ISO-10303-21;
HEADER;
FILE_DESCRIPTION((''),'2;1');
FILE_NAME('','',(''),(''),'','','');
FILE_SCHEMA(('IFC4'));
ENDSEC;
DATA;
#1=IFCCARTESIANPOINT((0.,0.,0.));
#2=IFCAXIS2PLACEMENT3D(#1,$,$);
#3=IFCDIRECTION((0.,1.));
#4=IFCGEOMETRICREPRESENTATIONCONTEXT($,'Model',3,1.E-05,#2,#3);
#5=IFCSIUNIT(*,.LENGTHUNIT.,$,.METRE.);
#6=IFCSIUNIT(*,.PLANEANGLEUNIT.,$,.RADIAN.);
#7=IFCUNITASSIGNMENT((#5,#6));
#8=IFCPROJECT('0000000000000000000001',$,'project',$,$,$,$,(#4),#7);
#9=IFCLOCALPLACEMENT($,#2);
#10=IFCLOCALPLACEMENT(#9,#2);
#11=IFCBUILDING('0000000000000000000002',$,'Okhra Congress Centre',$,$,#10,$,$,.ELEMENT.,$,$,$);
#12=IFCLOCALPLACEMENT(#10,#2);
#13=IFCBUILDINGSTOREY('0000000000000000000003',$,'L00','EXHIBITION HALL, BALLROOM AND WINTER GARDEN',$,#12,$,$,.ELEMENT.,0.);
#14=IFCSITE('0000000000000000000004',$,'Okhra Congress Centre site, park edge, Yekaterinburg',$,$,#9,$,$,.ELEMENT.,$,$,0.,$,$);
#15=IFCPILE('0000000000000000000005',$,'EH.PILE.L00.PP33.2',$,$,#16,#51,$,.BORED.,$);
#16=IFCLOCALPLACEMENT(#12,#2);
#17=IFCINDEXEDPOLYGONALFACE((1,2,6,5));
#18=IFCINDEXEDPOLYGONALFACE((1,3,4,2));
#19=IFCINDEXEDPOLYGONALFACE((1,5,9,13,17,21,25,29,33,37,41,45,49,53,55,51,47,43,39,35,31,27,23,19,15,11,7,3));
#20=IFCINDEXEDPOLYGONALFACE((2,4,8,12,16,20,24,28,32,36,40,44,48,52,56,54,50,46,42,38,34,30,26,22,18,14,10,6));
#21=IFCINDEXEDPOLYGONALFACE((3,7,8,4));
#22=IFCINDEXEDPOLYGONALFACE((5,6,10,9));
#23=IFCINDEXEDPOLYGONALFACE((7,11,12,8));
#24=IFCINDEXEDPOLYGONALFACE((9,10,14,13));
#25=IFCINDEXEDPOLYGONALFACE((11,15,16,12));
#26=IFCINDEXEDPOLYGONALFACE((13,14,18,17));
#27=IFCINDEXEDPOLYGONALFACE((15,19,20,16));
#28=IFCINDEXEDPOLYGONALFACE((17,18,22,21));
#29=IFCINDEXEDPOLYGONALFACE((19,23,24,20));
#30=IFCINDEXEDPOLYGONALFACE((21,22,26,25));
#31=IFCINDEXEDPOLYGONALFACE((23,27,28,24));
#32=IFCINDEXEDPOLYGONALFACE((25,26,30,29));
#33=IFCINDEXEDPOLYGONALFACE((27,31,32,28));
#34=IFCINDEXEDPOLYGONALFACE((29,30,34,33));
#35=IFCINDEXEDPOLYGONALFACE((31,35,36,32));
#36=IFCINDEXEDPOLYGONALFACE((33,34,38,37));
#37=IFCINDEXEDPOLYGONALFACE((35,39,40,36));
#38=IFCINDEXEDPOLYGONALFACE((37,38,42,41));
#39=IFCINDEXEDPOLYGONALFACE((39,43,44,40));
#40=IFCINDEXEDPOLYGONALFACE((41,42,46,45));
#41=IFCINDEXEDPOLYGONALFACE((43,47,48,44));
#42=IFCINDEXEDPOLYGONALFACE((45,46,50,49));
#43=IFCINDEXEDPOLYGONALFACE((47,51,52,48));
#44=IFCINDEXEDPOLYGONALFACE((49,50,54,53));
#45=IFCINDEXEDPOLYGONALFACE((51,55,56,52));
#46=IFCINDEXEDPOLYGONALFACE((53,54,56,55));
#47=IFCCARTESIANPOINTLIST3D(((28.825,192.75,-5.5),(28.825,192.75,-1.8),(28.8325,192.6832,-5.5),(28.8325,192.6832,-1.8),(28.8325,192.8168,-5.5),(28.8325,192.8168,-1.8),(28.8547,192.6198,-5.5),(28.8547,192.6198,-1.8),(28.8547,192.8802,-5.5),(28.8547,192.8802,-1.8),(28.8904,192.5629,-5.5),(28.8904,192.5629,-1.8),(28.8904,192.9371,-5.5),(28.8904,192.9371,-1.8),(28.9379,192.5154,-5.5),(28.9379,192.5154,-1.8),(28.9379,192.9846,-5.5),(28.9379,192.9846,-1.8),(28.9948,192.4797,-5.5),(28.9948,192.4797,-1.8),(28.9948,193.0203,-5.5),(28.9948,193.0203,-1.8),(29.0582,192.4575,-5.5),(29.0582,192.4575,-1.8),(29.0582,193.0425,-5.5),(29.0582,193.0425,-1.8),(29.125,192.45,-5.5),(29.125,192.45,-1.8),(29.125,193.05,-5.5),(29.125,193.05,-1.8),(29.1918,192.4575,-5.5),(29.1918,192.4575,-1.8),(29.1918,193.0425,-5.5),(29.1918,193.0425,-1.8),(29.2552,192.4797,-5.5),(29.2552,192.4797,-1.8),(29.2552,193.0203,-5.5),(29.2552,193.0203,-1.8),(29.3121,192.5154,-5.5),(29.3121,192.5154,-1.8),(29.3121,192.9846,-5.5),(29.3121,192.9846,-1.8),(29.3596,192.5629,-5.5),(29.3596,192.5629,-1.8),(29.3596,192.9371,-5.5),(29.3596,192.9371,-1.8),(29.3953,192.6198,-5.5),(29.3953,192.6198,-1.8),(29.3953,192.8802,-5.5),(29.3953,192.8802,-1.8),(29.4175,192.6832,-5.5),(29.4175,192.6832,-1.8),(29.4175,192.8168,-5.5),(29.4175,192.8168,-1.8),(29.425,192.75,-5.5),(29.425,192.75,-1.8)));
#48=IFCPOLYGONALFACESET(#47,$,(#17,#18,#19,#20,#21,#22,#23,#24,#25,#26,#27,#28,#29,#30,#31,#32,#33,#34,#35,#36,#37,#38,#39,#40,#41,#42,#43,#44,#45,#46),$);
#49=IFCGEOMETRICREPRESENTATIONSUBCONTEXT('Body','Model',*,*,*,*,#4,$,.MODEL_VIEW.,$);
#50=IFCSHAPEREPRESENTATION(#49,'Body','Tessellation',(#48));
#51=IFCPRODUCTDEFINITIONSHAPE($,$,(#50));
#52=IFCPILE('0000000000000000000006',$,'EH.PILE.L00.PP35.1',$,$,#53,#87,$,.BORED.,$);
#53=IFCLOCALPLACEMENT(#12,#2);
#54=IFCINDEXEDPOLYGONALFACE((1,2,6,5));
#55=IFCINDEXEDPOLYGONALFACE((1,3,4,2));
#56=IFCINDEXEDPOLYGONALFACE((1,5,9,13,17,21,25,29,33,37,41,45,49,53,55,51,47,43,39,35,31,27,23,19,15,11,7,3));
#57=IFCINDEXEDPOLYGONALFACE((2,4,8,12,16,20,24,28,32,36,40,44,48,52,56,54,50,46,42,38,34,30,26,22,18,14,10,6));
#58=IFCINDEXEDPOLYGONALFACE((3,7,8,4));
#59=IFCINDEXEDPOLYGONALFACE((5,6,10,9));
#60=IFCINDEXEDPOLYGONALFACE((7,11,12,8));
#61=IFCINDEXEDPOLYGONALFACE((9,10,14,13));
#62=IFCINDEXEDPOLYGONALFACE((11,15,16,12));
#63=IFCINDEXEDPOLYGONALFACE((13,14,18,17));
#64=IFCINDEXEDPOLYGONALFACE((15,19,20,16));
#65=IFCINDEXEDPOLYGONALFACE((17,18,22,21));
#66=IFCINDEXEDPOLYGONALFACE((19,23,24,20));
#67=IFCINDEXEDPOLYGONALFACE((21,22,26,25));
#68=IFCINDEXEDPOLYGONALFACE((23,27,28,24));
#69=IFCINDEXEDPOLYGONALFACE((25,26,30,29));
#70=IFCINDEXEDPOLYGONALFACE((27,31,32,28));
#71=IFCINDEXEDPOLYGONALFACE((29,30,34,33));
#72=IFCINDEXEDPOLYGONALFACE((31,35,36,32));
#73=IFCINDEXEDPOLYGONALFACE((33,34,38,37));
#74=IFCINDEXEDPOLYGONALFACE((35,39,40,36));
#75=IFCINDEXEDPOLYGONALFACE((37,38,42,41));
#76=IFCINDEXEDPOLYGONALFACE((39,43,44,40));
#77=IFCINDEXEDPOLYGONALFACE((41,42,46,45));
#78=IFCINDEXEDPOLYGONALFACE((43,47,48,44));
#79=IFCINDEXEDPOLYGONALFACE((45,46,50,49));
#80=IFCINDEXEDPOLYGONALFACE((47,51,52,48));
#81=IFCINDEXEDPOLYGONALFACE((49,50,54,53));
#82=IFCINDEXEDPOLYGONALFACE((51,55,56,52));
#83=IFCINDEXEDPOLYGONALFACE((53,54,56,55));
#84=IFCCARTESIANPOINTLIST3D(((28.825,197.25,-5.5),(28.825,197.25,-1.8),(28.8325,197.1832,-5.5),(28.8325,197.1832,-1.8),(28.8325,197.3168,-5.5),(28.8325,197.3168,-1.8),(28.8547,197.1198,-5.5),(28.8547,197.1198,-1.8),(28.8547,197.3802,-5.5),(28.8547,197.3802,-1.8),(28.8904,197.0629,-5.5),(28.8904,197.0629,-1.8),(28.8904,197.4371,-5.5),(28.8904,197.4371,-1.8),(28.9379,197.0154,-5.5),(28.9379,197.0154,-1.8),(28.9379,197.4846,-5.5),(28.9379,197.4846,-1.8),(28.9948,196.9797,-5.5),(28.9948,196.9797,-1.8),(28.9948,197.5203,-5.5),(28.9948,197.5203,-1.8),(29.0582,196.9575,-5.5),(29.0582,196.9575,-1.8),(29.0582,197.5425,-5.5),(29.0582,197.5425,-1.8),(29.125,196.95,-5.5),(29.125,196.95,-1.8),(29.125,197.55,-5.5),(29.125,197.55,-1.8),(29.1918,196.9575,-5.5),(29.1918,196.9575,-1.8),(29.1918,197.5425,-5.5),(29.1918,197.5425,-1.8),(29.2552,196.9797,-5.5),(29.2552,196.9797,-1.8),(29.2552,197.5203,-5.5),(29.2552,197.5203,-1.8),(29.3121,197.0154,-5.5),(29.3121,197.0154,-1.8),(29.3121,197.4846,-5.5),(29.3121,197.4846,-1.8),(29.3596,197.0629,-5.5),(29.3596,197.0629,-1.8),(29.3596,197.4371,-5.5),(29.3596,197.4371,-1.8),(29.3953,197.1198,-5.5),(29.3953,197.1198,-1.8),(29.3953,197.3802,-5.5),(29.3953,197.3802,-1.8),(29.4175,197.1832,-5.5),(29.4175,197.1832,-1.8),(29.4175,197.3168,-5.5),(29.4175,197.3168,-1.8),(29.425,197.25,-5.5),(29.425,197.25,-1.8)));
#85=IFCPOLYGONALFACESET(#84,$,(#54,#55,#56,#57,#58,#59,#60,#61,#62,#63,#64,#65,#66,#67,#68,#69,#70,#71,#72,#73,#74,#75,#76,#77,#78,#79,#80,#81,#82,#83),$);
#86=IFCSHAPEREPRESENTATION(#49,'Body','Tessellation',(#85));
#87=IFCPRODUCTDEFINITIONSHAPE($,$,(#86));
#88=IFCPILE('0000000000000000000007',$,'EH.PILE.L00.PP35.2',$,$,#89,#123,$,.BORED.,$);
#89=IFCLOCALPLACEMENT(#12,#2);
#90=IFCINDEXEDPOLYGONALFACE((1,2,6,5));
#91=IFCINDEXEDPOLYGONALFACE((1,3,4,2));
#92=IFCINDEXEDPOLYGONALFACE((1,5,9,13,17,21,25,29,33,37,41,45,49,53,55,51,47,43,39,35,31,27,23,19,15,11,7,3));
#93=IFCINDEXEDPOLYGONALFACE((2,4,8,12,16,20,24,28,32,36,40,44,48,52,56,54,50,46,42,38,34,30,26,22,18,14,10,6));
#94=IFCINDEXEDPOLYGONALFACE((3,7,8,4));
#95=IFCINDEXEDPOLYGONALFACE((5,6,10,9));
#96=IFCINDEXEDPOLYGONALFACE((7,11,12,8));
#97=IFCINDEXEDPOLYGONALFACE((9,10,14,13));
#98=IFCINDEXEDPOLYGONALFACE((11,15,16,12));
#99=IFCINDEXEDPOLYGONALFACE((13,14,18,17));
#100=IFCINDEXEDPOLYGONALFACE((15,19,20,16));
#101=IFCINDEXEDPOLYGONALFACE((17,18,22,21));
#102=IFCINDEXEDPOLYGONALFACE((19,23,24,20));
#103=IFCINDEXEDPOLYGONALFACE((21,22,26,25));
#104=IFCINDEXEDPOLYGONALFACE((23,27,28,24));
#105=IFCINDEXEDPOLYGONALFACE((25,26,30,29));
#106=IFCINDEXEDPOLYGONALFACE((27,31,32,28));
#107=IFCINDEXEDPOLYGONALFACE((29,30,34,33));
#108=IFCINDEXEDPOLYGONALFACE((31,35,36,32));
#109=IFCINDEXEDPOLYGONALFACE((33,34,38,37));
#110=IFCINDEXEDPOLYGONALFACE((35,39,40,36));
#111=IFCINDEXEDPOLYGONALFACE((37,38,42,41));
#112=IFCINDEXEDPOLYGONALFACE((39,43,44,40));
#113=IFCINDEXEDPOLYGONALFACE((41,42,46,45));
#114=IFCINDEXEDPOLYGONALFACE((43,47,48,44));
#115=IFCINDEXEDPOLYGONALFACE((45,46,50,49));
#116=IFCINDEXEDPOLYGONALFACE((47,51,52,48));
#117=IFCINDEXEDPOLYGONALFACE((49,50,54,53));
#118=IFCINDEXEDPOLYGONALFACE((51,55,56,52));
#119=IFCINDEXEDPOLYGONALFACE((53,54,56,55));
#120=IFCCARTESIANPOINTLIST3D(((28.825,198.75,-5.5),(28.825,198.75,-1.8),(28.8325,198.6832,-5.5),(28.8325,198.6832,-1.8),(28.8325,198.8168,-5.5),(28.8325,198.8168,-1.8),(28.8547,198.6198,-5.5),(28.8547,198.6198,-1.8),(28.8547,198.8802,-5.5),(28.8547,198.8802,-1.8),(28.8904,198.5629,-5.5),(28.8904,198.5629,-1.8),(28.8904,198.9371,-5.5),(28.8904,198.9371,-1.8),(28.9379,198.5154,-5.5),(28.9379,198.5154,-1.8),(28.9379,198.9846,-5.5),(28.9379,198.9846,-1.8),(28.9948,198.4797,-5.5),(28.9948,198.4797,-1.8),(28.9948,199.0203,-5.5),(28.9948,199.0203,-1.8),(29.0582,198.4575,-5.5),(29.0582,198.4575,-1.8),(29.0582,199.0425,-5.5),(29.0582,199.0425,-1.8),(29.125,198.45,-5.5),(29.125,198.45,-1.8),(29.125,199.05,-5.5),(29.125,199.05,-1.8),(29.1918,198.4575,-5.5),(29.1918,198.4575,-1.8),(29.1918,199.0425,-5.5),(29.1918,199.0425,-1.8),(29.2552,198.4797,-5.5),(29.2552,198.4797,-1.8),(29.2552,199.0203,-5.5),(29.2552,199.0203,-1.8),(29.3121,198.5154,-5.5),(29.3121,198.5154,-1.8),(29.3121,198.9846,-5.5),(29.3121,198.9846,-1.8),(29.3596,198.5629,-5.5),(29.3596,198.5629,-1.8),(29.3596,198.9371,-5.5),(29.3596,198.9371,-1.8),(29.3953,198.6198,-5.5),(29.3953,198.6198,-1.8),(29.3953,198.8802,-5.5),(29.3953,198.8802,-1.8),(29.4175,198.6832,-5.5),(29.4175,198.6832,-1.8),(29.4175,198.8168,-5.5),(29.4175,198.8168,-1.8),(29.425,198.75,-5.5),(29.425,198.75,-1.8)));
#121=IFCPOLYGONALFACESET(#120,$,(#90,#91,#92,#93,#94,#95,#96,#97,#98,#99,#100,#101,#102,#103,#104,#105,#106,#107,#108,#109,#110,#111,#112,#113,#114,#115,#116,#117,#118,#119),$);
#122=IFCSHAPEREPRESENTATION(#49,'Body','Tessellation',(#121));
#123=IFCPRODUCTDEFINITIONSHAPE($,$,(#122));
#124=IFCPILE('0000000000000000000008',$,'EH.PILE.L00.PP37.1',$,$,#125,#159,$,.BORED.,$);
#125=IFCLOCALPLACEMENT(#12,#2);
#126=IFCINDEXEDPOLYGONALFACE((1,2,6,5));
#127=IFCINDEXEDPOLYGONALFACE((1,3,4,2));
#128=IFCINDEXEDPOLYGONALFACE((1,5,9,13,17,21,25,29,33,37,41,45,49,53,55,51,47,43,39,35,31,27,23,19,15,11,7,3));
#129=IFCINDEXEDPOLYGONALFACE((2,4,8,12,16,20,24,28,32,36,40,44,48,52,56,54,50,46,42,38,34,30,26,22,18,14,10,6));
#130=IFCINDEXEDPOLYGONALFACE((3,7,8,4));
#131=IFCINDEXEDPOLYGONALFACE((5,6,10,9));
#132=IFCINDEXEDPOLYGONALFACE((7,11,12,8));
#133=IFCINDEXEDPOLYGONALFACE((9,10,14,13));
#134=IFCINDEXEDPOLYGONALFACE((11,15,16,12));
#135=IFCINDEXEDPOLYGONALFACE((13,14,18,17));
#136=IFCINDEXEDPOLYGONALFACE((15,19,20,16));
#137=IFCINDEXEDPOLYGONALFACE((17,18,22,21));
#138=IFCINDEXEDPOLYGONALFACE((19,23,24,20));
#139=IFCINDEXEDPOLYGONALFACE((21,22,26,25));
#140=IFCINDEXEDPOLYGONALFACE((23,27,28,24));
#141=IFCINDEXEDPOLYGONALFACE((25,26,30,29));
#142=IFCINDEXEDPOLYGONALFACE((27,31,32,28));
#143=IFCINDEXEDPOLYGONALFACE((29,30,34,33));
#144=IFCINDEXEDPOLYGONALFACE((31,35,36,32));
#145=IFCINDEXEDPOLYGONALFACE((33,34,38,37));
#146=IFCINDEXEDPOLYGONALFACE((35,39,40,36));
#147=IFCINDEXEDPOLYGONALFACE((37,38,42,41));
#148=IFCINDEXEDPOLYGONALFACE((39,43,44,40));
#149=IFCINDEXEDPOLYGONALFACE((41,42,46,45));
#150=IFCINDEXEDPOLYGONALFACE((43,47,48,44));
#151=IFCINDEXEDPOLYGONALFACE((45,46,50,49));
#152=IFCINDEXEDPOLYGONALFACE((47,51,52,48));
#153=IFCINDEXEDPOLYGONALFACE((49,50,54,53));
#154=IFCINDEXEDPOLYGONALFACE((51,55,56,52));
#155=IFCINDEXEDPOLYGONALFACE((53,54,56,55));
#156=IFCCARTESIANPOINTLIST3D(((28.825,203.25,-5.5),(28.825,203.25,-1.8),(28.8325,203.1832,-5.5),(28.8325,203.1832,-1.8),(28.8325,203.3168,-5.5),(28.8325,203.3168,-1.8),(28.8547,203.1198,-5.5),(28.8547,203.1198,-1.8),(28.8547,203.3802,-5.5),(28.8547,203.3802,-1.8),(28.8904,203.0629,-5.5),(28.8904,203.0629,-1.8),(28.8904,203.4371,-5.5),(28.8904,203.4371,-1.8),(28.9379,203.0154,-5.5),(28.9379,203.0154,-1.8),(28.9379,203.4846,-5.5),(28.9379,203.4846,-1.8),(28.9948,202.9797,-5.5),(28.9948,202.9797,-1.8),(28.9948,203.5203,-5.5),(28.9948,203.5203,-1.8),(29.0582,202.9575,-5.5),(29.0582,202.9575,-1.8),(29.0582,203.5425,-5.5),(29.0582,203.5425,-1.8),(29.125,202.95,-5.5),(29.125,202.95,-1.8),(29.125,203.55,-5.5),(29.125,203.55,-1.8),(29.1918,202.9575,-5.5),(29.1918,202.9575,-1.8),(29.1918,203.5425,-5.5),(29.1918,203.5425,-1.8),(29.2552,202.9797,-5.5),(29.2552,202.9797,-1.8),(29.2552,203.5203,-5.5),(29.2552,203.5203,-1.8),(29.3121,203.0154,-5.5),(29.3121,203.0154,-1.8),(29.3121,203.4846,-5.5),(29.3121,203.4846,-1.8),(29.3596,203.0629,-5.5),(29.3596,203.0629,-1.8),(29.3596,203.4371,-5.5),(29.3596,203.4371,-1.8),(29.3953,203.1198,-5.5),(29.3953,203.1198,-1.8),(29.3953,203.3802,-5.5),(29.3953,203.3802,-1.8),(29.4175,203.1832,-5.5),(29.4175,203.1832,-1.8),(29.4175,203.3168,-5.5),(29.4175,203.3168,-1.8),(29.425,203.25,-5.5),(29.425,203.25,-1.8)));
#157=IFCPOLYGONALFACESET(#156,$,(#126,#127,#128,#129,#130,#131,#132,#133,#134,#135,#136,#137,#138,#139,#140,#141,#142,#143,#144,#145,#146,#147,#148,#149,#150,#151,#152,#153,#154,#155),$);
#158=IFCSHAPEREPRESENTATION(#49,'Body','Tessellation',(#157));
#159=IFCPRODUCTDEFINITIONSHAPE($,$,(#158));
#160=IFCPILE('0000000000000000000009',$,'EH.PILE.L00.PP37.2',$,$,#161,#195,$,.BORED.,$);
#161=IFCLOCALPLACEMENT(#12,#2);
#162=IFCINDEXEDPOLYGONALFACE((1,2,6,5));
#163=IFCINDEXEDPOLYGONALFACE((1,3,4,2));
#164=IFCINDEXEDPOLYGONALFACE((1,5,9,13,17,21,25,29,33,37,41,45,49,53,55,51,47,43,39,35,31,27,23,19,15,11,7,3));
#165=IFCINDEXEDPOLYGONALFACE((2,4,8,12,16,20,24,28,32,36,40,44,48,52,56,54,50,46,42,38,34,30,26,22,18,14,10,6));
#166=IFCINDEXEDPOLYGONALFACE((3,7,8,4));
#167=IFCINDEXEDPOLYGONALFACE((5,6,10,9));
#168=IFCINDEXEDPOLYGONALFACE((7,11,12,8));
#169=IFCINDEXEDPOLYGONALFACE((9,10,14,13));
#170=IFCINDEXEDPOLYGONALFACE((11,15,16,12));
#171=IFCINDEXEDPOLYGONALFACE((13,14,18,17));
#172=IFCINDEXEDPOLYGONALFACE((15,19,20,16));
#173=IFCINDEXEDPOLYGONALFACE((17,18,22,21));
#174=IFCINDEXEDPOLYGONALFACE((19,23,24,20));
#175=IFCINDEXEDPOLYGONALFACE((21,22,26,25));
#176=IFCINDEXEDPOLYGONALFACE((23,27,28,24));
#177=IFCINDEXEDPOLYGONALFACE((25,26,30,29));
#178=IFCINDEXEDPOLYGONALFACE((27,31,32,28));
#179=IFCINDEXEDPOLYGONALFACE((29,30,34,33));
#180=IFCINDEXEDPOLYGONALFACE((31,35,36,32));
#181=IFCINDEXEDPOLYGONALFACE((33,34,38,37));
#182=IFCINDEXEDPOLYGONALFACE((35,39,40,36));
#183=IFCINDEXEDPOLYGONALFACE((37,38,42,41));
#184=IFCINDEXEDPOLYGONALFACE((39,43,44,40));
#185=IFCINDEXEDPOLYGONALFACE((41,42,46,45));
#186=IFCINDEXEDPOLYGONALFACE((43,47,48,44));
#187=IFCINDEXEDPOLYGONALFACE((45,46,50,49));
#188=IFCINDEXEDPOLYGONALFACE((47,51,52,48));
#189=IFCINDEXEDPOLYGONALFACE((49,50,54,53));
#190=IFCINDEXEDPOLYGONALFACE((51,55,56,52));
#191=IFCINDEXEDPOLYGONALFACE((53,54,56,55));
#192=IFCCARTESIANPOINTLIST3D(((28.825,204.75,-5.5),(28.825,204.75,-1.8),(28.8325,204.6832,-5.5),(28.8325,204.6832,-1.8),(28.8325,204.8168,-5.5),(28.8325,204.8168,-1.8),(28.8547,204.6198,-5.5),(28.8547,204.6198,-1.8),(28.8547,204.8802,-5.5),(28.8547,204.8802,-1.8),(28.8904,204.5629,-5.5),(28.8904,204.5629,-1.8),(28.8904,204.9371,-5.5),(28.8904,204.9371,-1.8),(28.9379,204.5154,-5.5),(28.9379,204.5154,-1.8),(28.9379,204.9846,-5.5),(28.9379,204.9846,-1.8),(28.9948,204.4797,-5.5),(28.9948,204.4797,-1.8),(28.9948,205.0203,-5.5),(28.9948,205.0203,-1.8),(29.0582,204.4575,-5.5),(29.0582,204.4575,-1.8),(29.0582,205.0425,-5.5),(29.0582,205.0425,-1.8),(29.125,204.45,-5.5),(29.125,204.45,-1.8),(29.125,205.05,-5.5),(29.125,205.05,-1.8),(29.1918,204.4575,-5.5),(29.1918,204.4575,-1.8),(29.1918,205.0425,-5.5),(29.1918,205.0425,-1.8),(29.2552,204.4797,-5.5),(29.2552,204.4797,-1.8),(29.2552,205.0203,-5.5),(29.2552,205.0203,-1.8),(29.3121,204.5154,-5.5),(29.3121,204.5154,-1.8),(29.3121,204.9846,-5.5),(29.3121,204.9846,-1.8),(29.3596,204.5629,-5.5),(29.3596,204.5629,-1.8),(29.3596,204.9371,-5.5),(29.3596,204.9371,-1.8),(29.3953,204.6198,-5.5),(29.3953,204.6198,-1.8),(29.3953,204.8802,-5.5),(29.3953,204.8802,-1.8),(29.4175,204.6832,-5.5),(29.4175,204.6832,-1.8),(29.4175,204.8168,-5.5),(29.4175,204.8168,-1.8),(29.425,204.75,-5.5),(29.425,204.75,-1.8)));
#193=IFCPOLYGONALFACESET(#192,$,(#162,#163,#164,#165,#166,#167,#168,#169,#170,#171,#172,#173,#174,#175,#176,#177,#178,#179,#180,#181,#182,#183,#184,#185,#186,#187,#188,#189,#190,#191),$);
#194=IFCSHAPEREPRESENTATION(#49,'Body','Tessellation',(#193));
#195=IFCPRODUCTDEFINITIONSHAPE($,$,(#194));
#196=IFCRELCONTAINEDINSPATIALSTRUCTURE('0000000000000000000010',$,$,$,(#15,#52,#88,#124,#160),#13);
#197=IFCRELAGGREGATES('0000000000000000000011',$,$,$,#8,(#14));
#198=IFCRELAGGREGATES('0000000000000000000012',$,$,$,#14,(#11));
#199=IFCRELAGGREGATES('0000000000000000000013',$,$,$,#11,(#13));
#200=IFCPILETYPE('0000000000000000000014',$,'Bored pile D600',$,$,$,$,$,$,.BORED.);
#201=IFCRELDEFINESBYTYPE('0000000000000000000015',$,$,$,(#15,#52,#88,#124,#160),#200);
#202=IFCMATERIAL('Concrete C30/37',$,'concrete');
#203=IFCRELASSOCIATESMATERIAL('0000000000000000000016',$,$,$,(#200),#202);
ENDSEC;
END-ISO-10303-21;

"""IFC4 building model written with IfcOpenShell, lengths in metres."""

from ifc_helpers import new_model, si_unit, direction, frame, origin, origin_2d, place, context, subcontext, project, spatial, circle, extrude, material, material_profile, profile_set, type_object, element, save


model = new_model("IFC4")

# Units and contexts
model_context = context("Model", 3, precision=1e-05, world=origin(), true_north=direction((0.0, 1.0)))
body_context = subcontext(model_context, "Body", "Model", "MODEL_VIEW")
ifc_project = project(units=[si_unit("LENGTHUNIT", "METRE"), si_unit("PLANEANGLEUNIT", "RADIAN")], contexts=[model_context])

# Site, building, storey
site_placement = place(None, origin())
site = spatial("IfcSite", under=ifc_project, at=site_placement, Name="Okhra Congress Centre site, park edge, Yekaterinburg", CompositionType="ELEMENT", RefElevation=0.0)
building_placement = place(site_placement, origin())
building = spatial("IfcBuilding", under=site, at=building_placement, Name="Okhra Congress Centre", CompositionType="ELEMENT")
storey_placement = place(building_placement, origin())
storey = spatial("IfcBuildingStorey", under=building, at=storey_placement, Name="L00", Description="EXHIBITION HALL, BALLROOM AND WINTER GARDEN", CompositionType="ELEMENT", Elevation=0.0)

# Piles
ifc_material_1 = material(Name="Concrete C30/37", Category="concrete")
ifc_material_profile_1 = material_profile(ifc_material_1, circle(Radius=0.3, at=origin_2d()), Name="D600")
ifc_profile_set_1 = profile_set([ifc_material_profile_1], Name="Concrete C30/37")
pile_type_1 = type_object("IfcPileType", Name="Bored pile D600", PredefinedType="BORED", material=ifc_profile_set_1)
for number, where, z_axis, x_axis, name in (
    (1, (29.125, 192.75, -1.8), (0.0, 0.0, -1.0), (1.0, 0.0, 0.0), "EH.PILE.L00.PP33.2"),
    (2, (29.125, 197.25, -1.8), (0.0, 0.0, -1.0), (1.0, 0.0, 0.0), "EH.PILE.L00.PP35.1"),
    (3, (29.125, 198.75, -1.8), (0.0, 0.0, -1.0), (1.0, 0.0, 0.0), "EH.PILE.L00.PP35.2"),
    (4, (29.125, 203.25, -1.8), (0.0, 0.0, -1.0), (1.0, 0.0, 0.0), "EH.PILE.L00.PP37.1"),
    (5, (29.125, 204.75, -1.8), (0.0, 0.0, -1.0), (1.0, 0.0, 0.0), "EH.PILE.L00.PP37.2"),
):
    element("IfcPile", number, at=place(storey_placement, frame(where, z_axis=z_axis, x_axis=x_axis)), inside=storey, type_object=pile_type_1, Name=name, PredefinedType="BORED", context=body_context, shape_type="SweptSolid", body=[
        extrude(circle(Radius=0.3, at=origin_2d()), origin(), (0.0, 0.0, 1.0), 3.7),
    ])

save(model, "model.ifc")
